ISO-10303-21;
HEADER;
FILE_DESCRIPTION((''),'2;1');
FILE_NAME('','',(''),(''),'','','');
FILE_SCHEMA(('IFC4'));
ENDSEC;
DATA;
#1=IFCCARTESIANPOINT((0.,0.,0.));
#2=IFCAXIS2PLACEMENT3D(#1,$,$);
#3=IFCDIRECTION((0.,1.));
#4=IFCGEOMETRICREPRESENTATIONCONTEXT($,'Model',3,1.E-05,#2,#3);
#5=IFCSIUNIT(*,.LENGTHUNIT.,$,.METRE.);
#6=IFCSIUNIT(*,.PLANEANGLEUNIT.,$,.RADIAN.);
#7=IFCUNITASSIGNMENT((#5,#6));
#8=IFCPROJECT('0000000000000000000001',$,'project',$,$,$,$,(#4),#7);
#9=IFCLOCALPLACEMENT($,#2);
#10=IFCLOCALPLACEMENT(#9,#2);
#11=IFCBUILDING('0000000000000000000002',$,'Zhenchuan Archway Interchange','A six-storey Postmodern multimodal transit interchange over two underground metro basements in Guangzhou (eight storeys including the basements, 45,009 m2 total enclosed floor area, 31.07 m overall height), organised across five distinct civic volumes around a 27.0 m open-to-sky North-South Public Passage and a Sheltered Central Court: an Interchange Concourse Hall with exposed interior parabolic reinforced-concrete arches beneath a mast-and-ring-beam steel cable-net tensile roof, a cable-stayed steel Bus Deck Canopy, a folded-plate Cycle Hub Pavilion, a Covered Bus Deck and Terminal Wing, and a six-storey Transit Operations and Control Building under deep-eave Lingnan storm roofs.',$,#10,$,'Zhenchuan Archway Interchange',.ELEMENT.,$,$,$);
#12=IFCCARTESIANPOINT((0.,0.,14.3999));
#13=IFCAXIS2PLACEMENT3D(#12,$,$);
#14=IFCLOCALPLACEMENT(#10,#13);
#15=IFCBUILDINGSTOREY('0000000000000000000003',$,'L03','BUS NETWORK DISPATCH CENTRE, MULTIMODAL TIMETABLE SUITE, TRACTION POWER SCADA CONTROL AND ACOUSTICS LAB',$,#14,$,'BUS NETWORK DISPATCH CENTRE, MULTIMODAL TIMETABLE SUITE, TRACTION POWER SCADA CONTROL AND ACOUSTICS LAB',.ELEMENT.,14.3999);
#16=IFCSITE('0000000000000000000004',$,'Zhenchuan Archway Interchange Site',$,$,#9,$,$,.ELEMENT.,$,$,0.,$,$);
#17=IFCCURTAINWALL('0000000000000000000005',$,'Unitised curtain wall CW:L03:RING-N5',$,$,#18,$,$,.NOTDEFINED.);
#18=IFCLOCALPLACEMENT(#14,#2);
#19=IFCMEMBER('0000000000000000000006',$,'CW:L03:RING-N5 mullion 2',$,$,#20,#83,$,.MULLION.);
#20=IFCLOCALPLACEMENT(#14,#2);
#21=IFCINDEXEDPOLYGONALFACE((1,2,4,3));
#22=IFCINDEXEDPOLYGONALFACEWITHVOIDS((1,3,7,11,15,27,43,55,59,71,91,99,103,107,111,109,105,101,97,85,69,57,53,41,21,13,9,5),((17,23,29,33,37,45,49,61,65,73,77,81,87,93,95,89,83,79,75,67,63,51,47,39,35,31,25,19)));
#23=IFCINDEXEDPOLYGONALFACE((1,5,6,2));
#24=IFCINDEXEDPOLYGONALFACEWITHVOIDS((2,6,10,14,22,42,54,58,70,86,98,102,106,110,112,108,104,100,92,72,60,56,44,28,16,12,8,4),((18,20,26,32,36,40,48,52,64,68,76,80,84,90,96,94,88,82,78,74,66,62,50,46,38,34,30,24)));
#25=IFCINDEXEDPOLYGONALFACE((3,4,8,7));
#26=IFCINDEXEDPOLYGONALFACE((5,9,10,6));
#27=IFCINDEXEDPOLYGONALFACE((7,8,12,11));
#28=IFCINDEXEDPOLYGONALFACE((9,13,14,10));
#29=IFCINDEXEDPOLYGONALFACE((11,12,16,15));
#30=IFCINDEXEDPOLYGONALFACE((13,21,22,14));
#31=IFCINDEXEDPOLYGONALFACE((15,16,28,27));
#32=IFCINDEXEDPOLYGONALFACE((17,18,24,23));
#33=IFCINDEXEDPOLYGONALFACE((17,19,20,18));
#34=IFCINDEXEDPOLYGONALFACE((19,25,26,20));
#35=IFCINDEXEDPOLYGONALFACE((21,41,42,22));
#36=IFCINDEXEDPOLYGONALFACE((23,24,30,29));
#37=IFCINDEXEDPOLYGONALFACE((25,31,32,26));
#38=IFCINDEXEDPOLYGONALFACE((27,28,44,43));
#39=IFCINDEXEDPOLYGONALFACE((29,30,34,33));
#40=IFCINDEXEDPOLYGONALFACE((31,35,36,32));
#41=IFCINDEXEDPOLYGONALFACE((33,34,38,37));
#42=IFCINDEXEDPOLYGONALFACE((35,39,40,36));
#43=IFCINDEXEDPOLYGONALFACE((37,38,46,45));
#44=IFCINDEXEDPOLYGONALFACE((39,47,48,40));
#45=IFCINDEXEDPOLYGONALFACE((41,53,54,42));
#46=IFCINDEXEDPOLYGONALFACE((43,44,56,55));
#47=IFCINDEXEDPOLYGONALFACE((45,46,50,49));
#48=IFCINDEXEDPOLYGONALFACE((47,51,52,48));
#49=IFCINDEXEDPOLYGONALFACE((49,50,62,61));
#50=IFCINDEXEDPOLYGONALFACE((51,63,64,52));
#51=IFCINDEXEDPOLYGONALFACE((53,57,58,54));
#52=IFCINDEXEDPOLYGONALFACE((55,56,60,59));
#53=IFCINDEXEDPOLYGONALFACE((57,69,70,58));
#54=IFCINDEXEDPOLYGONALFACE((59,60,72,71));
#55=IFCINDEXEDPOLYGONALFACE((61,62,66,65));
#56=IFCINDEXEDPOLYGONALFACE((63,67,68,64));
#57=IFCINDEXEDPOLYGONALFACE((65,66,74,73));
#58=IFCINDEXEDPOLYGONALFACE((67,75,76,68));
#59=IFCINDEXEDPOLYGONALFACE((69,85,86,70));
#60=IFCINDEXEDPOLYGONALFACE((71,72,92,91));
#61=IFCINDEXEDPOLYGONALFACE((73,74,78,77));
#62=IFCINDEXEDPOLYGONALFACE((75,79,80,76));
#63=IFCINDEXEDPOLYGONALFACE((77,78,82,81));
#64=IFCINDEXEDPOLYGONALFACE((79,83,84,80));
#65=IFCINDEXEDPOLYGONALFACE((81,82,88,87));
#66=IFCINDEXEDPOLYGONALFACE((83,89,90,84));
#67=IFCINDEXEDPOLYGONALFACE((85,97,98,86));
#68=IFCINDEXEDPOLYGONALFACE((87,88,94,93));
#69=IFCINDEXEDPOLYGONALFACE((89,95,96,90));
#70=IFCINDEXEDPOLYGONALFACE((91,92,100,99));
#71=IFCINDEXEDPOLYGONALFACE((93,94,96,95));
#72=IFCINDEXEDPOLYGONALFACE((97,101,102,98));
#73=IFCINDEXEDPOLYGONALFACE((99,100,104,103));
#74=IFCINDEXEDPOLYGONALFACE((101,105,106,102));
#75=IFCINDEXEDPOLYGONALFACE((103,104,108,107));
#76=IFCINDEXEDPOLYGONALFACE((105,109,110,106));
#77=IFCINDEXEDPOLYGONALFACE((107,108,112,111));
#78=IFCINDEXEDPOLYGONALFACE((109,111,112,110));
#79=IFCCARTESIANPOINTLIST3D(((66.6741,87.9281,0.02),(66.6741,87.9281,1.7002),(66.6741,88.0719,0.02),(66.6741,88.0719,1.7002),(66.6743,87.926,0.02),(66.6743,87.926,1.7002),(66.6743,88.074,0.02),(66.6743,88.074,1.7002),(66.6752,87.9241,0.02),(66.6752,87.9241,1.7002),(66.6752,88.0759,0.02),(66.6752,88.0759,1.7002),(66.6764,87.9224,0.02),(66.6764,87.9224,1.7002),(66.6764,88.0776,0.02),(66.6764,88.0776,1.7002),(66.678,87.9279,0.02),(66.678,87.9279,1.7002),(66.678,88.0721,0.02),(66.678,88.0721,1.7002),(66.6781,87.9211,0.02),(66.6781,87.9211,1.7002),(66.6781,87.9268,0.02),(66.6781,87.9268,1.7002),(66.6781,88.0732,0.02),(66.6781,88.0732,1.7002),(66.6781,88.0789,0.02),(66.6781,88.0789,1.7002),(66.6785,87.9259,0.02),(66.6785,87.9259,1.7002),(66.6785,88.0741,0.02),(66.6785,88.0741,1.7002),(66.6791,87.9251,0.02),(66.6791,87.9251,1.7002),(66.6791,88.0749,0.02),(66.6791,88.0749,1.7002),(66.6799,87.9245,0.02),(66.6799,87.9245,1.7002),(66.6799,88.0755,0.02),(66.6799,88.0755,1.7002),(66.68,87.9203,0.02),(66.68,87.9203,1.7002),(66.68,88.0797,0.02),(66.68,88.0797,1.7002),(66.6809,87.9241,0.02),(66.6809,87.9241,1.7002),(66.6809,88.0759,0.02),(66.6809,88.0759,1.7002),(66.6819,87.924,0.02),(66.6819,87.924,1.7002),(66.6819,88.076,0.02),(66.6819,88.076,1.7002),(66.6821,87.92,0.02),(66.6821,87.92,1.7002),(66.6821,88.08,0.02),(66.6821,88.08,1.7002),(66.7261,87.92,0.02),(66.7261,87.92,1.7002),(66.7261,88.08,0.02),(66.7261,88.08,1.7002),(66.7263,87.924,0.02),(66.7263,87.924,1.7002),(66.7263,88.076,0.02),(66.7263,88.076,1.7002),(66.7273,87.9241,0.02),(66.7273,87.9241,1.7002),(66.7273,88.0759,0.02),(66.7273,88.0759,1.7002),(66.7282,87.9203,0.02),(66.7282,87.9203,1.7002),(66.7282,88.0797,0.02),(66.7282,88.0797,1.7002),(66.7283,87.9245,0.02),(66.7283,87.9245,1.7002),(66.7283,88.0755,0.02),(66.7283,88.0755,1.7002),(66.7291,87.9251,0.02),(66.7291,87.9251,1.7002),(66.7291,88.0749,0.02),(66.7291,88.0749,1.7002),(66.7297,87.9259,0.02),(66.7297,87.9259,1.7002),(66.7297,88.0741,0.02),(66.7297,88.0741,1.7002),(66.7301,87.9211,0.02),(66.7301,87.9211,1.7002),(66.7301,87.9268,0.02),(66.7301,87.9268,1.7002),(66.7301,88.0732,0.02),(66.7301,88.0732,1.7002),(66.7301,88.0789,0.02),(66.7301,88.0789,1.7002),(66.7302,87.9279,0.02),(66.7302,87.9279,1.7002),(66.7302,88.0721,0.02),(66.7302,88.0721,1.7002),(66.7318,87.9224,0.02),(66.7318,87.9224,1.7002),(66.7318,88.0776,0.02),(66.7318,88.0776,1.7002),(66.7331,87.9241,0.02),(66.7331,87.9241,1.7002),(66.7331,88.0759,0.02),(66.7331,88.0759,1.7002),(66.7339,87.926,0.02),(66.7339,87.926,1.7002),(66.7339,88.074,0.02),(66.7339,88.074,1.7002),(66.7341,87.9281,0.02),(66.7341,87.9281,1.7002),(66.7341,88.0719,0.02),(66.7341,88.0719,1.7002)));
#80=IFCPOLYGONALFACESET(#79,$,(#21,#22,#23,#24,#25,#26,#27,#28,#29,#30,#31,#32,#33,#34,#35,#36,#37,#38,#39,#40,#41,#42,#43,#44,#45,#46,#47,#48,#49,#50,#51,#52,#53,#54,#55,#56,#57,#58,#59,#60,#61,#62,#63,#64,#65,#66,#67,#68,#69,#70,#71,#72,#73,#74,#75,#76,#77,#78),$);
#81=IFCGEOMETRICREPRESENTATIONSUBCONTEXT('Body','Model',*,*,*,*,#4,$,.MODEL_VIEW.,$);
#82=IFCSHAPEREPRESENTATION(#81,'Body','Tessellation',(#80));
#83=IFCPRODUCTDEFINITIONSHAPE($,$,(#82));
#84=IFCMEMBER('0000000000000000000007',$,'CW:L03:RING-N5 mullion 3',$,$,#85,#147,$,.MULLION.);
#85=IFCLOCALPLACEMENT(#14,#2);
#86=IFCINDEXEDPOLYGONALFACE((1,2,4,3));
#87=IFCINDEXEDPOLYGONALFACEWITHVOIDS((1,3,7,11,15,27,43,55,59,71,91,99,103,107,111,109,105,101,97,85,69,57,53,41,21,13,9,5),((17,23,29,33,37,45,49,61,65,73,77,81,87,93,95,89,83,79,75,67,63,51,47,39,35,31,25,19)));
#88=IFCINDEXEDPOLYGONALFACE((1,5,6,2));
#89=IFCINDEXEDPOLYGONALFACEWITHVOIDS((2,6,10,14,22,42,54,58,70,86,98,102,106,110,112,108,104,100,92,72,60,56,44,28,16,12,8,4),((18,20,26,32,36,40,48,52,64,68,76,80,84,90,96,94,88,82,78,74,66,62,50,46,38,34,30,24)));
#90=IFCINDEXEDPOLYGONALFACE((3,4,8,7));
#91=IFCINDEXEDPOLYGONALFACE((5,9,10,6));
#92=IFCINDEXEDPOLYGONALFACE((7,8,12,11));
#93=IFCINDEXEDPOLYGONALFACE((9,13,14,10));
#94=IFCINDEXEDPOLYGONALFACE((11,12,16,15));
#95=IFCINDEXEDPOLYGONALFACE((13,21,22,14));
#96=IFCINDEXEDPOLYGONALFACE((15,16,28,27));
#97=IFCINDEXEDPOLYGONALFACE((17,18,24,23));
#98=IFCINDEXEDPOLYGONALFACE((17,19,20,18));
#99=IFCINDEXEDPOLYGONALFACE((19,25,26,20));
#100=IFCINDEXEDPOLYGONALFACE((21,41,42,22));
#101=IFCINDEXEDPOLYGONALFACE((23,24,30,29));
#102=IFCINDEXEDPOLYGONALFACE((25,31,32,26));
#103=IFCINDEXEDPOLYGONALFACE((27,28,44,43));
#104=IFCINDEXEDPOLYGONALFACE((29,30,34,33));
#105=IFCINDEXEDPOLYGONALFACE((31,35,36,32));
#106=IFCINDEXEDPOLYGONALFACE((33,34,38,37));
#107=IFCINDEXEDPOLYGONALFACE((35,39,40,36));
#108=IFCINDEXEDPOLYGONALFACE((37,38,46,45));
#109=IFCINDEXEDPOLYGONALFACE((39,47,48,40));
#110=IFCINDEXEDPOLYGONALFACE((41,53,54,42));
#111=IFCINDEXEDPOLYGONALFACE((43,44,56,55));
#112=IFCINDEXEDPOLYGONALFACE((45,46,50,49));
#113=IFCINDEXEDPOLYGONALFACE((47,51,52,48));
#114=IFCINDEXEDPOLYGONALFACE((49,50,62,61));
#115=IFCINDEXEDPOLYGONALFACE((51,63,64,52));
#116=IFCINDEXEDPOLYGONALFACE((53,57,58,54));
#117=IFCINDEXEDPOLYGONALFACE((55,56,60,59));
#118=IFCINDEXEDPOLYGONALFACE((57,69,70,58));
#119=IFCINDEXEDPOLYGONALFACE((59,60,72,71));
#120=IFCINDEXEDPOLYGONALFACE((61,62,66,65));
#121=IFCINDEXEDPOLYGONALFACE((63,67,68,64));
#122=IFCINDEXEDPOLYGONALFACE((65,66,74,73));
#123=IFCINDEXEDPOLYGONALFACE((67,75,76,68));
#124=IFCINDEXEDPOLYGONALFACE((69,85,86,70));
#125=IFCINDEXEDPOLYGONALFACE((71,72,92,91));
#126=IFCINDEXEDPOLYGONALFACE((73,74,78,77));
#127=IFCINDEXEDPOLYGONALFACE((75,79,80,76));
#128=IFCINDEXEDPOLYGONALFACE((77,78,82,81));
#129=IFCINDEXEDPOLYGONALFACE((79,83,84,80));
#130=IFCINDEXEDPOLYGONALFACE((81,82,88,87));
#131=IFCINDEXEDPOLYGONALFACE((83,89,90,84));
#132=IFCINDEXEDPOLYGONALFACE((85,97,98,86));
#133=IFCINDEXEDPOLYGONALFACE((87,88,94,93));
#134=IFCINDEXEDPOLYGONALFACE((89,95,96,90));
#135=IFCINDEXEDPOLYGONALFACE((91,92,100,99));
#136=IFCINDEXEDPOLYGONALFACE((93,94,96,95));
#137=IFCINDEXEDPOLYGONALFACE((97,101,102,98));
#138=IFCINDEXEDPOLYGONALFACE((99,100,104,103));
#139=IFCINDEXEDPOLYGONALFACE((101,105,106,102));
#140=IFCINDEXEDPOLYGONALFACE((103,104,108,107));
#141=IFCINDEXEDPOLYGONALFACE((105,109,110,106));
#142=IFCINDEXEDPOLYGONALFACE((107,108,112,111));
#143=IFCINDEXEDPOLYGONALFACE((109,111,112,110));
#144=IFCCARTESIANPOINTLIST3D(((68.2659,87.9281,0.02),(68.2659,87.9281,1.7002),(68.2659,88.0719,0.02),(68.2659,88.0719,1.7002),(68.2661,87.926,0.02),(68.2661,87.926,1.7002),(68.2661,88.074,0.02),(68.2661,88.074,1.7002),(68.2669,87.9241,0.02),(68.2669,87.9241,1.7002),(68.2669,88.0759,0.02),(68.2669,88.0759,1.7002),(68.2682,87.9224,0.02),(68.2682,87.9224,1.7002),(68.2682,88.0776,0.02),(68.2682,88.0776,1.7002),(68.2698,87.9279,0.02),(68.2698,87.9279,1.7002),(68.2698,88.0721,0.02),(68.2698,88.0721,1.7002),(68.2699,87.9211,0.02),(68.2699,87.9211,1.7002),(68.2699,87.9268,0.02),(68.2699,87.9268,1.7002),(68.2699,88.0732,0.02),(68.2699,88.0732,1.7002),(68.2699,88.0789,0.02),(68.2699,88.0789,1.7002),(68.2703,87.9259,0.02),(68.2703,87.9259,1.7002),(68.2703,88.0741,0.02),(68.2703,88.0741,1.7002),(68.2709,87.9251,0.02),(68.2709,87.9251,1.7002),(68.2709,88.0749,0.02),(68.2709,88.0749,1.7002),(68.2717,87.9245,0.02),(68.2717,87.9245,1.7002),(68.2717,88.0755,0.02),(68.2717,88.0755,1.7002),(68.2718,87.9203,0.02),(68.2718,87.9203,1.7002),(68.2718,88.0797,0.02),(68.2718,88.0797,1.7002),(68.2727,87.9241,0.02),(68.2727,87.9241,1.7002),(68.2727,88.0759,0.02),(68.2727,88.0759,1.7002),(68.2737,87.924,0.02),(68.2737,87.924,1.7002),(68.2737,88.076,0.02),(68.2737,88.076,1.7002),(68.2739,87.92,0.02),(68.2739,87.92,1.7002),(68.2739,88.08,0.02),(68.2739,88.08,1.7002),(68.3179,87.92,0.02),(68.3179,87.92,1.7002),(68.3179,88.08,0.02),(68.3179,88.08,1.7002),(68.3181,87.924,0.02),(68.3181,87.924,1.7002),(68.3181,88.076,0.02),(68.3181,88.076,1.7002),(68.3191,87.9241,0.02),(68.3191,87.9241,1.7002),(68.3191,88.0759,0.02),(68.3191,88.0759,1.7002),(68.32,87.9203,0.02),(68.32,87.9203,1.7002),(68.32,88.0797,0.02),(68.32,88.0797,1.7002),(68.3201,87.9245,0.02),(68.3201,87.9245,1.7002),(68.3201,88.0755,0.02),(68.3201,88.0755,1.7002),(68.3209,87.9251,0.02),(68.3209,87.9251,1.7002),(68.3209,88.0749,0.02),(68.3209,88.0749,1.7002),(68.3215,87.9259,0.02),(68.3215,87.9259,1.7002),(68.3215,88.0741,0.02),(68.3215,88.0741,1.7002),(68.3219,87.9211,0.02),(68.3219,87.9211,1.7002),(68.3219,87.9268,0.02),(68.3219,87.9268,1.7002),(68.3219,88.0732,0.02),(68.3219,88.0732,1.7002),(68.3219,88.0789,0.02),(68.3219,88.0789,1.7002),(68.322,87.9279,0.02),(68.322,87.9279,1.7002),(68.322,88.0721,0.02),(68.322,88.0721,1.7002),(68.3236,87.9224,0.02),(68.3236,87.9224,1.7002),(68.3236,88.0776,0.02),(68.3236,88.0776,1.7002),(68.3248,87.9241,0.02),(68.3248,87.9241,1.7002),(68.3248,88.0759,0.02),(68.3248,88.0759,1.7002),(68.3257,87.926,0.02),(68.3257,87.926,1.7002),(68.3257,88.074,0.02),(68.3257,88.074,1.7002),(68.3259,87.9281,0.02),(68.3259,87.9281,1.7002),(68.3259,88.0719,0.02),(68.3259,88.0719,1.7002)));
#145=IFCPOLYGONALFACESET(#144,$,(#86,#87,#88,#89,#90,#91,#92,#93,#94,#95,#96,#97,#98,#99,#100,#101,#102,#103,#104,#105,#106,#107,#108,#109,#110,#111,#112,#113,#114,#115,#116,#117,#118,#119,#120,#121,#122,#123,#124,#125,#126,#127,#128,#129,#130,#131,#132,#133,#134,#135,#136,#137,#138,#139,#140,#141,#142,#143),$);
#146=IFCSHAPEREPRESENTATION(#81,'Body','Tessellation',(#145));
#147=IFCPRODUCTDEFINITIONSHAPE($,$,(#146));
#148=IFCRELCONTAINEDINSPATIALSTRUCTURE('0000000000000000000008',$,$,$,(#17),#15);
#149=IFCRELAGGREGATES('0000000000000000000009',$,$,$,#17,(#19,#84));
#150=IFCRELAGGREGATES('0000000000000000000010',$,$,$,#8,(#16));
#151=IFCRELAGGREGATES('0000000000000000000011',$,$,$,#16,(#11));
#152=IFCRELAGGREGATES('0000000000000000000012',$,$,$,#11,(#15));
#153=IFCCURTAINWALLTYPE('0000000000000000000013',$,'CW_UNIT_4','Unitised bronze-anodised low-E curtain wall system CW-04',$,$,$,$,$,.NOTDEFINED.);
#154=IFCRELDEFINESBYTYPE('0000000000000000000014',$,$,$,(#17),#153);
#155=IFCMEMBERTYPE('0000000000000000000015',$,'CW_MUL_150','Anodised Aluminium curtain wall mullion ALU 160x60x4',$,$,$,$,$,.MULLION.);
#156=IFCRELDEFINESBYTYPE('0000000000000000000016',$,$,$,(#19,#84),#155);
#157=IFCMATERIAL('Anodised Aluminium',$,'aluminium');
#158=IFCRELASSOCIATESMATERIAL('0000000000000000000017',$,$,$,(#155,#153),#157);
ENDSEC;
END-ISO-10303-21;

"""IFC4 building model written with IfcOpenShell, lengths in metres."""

from ifc_helpers import new_model, si_unit, direction, frame, origin, origin_2d, place, context, subcontext, project, spatial, hollow_rectangle, extrude, material, material_profile, profile_set, type_object, element, aggregate, save


model = new_model("IFC4")

# Units and contexts
model_context = context("Model", 3, precision=1e-05, world=origin(), true_north=direction((0.0, 1.0)))
body_context = subcontext(model_context, "Body", "Model", "MODEL_VIEW")
ifc_project = project(units=[si_unit("LENGTHUNIT", "METRE"), si_unit("PLANEANGLEUNIT", "RADIAN")], contexts=[model_context])

# Site, building, storey
site_placement = place(None, origin())
site = spatial("IfcSite", under=ifc_project, at=site_placement, Name="Zhenchuan Archway Interchange Site", CompositionType="ELEMENT", RefElevation=0.0)
building_placement = place(site_placement, origin())
building = spatial("IfcBuilding", under=site, at=building_placement, Name="Zhenchuan Archway Interchange", Description="A six-storey Postmodern multimodal transit interchange over two underground metro basements in Guangzhou (eight storeys including the basements, 45,009 m2 total enclosed floor area, 31.07 m overall height), organised across five distinct civic volumes around a 27.0 m open-to-sky North-South Public Passage and a Sheltered Central Court: an Interchange Concourse Hall with exposed interior parabolic reinforced-concrete arches beneath a mast-and-ring-beam steel cable-net tensile roof, a cable-stayed steel Bus Deck Canopy, a folded-plate Cycle Hub Pavilion, a Covered Bus Deck and Terminal Wing, and a six-storey Transit Operations and Control Building under deep-eave Lingnan storm roofs.", LongName="Zhenchuan Archway Interchange", CompositionType="ELEMENT")
storey_placement = place(building_placement, frame((0.0, 0.0, 14.3999)))
storey = spatial("IfcBuildingStorey", under=building, at=storey_placement, Name="L03", Description="BUS NETWORK DISPATCH CENTRE, MULTIMODAL TIMETABLE SUITE, TRACTION POWER SCADA CONTROL AND ACOUSTICS LAB", LongName="BUS NETWORK DISPATCH CENTRE, MULTIMODAL TIMETABLE SUITE, TRACTION POWER SCADA CONTROL AND ACOUSTICS LAB", CompositionType="ELEMENT", Elevation=14.3999)

# Curtain wall, members
ifc_material_1 = material(Name="Anodised Aluminium", Category="aluminium")
ifc_material_profile_1 = material_profile(ifc_material_1, hollow_rectangle(XDim=0.0601, YDim=0.1599, WallThickness=0.0039, InnerFilletRadius=0.0039, OuterFilletRadius=0.0081, at=origin_2d()), Name="ALU 160x60x4")
ifc_profile_set_1 = profile_set([ifc_material_profile_1], Name="Anodised Aluminium")
member_type_1 = type_object("IfcMemberType", Name="CW_MUL_150", Description="Anodised Aluminium curtain wall mullion ALU 160x60x4", PredefinedType="MULLION", material=ifc_profile_set_1)
curtain_wall_type_1 = type_object("IfcCurtainWallType", Name="CW_UNIT_4", Description="Unitised bronze-anodised low-E curtain wall system CW-04", PredefinedType="NOTDEFINED", material=ifc_material_1)
curtain_wall_1_placement = place(storey_placement, origin())
curtain_wall_1 = element("IfcCurtainWall", 1, at=curtain_wall_1_placement, inside=storey, type_object=curtain_wall_type_1, Name="Unitised curtain wall CW:L03:RING-N5", PredefinedType="NOTDEFINED")
member_1_placement = place(storey_placement, frame((66.7041, 88.0, 0.02), z_axis=(0.0, 0.0, 1.0), x_axis=(1.0, 0.0, 0.0)))
member_1 = element("IfcMember", 2, at=member_1_placement, type_object=member_type_1, Name="CW:L03:RING-N5 mullion 2", PredefinedType="MULLION", context=body_context, shape_type="SweptSolid", body=[
    extrude(hollow_rectangle(XDim=0.0601, YDim=0.1599, WallThickness=0.0039, InnerFilletRadius=0.0039, OuterFilletRadius=0.0081, at=origin_2d()), origin(), (0.0, 0.0, 1.0), 1.6802),
])
member_2_placement = place(storey_placement, frame((68.2959, 88.0, 0.02), z_axis=(0.0, 0.0, 1.0), x_axis=(1.0, 0.0, 0.0)))
member_2 = element("IfcMember", 3, at=member_2_placement, type_object=member_type_1, Name="CW:L03:RING-N5 mullion 3", PredefinedType="MULLION", context=body_context, shape_type="SweptSolid", body=[
    extrude(hollow_rectangle(XDim=0.0601, YDim=0.1599, WallThickness=0.0039, InnerFilletRadius=0.0039, OuterFilletRadius=0.0081, at=origin_2d()), origin(), (0.0, 0.0, 1.0), 1.6802),
])

aggregate(curtain_wall_1, [member_1, member_2])

save(model, "model.ifc")
